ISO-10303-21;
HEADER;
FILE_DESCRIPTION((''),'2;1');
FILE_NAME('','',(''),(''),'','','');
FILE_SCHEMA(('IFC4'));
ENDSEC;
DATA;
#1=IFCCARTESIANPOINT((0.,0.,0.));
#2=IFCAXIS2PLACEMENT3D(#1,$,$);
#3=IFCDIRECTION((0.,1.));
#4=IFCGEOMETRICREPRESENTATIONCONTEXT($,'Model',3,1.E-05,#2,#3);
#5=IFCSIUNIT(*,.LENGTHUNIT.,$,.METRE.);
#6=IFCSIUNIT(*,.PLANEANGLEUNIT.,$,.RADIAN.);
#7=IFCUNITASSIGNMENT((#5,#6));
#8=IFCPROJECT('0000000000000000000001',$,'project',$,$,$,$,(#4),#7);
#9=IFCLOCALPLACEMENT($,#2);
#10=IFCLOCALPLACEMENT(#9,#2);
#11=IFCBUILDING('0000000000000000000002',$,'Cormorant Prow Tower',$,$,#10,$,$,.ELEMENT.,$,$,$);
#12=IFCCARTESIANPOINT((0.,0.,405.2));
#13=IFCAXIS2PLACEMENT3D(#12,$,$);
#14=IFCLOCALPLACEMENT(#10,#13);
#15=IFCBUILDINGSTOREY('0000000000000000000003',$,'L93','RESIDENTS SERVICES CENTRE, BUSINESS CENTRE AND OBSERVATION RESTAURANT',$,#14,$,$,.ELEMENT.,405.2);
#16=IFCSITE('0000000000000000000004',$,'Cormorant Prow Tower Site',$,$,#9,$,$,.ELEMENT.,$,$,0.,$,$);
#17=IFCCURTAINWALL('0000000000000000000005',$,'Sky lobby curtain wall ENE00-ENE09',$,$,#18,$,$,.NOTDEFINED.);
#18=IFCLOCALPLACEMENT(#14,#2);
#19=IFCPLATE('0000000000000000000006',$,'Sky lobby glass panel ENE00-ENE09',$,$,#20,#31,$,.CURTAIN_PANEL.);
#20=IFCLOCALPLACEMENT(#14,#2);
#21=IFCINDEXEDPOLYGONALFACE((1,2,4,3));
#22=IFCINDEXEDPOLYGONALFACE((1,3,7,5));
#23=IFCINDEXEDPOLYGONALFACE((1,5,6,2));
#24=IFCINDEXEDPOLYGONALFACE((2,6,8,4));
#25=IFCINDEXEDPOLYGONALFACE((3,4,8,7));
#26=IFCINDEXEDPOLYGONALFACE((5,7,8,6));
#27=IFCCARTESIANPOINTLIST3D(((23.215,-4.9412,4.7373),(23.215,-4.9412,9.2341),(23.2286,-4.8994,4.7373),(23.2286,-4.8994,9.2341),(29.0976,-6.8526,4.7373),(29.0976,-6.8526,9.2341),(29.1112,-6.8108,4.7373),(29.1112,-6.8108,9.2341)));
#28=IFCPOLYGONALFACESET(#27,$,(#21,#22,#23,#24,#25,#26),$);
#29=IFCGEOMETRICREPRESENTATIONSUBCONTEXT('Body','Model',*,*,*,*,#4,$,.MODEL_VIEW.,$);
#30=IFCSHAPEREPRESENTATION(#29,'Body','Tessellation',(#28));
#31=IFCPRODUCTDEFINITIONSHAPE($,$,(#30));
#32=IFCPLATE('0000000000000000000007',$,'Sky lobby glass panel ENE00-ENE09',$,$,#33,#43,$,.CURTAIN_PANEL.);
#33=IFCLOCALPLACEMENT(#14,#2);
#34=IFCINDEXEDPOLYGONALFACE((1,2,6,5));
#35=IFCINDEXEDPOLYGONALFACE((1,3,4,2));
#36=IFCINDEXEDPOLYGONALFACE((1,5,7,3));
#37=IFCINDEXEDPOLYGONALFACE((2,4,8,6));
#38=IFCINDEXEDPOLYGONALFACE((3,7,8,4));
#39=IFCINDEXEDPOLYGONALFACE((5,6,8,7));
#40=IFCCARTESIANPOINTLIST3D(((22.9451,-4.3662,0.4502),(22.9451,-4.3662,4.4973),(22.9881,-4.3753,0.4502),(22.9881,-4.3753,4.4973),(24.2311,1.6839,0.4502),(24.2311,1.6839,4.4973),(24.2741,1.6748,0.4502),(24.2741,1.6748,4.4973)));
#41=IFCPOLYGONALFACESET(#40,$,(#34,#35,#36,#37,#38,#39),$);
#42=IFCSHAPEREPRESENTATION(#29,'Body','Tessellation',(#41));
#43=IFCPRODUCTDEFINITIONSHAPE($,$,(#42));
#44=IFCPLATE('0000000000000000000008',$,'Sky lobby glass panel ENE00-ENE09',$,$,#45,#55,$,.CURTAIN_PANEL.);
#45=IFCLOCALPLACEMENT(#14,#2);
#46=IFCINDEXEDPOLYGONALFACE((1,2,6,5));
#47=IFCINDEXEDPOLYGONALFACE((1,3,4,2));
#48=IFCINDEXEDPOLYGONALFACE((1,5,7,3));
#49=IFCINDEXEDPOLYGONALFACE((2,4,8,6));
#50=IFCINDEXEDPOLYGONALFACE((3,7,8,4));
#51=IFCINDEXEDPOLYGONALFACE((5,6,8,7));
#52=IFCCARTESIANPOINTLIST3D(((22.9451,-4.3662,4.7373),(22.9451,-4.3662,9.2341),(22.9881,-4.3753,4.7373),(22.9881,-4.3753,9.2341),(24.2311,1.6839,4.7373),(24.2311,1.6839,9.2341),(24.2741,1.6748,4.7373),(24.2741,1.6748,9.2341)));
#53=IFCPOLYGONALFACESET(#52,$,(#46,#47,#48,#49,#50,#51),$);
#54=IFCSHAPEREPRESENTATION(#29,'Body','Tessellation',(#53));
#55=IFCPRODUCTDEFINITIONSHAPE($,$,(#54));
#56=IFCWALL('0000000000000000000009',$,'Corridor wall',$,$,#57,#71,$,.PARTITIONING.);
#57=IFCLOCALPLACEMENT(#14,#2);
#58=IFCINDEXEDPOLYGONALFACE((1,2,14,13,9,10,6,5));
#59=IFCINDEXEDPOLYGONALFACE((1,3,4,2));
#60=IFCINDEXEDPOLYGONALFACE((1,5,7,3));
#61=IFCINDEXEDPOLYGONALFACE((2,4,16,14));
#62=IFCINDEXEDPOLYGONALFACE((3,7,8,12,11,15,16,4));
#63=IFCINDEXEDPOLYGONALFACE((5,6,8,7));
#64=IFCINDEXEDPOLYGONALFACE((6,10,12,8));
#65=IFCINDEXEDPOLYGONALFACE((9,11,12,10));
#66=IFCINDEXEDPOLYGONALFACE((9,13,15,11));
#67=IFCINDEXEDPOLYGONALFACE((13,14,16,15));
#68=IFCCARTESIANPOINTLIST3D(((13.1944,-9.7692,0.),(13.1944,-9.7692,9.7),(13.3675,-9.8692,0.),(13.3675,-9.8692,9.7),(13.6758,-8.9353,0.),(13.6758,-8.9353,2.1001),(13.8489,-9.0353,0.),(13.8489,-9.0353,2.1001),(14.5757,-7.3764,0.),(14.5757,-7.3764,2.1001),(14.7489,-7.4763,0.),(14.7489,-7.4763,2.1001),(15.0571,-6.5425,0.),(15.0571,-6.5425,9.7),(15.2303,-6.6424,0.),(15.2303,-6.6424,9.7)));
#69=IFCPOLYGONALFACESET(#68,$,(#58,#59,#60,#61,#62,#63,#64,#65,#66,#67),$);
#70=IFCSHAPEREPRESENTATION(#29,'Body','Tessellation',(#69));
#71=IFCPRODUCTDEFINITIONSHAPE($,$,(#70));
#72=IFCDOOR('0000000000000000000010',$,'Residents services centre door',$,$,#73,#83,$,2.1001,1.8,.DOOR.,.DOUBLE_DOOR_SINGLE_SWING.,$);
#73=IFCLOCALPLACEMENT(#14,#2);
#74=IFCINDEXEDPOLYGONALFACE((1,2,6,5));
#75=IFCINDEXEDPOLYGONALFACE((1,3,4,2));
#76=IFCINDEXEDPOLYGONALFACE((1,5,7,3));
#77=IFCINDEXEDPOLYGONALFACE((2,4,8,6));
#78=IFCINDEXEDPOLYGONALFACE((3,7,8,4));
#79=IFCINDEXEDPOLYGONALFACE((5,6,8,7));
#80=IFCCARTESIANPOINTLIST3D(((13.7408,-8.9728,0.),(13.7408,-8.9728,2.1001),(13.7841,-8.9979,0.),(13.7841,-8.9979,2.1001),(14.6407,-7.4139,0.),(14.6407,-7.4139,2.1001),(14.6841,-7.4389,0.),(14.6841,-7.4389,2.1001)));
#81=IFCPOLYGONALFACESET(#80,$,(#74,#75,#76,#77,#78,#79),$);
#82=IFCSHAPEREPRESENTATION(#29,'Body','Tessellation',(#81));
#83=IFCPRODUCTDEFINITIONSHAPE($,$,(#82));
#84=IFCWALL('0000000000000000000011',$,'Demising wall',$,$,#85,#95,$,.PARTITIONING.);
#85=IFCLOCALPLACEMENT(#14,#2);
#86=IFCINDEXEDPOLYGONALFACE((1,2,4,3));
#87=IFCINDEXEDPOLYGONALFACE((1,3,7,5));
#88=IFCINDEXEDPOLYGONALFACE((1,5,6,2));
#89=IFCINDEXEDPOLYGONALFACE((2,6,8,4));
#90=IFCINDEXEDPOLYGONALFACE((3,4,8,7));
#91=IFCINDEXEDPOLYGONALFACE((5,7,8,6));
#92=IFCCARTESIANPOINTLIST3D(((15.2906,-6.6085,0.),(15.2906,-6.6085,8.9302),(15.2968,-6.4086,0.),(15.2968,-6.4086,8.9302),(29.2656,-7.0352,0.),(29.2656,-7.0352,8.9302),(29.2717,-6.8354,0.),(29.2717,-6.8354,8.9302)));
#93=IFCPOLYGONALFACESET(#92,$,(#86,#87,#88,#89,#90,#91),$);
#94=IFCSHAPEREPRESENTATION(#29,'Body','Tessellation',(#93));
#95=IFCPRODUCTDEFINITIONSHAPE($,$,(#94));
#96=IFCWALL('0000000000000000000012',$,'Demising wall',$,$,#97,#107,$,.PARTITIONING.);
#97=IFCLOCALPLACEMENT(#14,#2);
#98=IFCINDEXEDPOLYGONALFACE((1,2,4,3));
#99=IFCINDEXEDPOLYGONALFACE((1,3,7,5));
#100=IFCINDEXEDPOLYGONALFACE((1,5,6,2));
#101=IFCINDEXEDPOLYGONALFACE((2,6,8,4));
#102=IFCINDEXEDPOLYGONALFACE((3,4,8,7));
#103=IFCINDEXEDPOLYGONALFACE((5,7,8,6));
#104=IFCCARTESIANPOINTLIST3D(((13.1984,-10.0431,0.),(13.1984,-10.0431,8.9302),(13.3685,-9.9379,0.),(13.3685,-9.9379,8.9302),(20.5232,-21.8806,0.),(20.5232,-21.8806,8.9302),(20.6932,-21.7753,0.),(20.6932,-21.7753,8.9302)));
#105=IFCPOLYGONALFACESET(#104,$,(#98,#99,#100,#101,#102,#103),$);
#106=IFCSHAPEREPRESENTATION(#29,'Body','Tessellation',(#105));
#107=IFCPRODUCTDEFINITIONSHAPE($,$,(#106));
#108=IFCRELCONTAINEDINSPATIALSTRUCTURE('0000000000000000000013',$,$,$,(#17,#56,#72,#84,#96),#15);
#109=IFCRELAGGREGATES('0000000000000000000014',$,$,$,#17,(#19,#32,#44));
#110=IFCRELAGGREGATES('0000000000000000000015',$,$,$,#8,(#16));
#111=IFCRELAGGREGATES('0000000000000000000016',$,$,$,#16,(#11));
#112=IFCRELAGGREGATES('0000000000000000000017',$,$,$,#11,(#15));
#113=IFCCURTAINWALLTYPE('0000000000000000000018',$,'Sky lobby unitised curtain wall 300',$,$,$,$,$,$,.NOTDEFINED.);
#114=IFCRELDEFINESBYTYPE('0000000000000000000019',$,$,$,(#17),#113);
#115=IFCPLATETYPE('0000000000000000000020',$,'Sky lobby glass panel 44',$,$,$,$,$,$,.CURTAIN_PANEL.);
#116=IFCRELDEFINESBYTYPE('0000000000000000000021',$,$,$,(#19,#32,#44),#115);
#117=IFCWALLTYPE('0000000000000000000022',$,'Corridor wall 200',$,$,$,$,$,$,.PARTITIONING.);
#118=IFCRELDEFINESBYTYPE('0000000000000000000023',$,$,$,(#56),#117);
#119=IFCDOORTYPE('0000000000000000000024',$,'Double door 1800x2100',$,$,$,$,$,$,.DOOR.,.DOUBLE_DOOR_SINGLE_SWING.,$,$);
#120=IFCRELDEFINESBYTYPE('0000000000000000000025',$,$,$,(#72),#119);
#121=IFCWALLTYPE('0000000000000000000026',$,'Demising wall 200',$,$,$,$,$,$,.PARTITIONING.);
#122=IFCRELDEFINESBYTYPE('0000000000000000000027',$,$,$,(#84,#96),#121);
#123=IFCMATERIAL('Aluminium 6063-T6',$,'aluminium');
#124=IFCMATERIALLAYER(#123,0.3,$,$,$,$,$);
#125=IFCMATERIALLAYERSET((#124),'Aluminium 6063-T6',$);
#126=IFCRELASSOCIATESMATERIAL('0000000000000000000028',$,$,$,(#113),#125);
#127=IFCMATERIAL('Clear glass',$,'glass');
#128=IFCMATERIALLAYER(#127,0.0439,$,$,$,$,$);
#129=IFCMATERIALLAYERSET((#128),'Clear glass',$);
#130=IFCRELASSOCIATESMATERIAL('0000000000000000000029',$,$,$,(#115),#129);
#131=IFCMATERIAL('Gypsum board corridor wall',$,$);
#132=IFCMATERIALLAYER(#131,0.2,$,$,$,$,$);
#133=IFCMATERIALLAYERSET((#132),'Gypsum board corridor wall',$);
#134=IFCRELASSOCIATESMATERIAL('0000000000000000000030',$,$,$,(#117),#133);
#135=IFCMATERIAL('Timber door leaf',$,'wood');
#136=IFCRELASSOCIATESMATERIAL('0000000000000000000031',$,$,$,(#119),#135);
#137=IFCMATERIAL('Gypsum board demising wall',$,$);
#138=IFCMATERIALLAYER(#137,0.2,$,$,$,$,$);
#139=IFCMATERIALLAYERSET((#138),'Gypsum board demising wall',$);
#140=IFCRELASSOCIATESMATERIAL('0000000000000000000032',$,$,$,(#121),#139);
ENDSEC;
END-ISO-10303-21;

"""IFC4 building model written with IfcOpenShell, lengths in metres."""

from ifc_helpers import new_model, si_unit, direction, frame, frame_2d, origin, origin_2d, place, context, subcontext, project, spatial, rectangle, extrude, material, layer, layer_set, type_object, element, fill, aggregate, save


model = new_model("IFC4")

# Units and contexts
model_context = context("Model", 3, precision=1e-05, world=origin(), true_north=direction((0.0, 1.0)))
body_context = subcontext(model_context, "Body", "Model", "MODEL_VIEW")
ifc_project = project(units=[si_unit("LENGTHUNIT", "METRE"), si_unit("PLANEANGLEUNIT", "RADIAN")], contexts=[model_context])

# Site, building, storey
site_placement = place(None, origin())
site = spatial("IfcSite", under=ifc_project, at=site_placement, Name="Cormorant Prow Tower Site", CompositionType="ELEMENT", RefElevation=0.0)
building_placement = place(site_placement, origin())
building = spatial("IfcBuilding", under=site, at=building_placement, Name="Cormorant Prow Tower", CompositionType="ELEMENT")
storey_placement = place(building_placement, frame((0.0, 0.0, 405.2)))
storey = spatial("IfcBuildingStorey", under=building, at=storey_placement, Name="L93", Description="RESIDENTS SERVICES CENTRE, BUSINESS CENTRE AND OBSERVATION RESTAURANT", CompositionType="ELEMENT", Elevation=405.2)

# Curtain wall
ifc_material_1 = material(Name="Aluminium 6063-T6", Category="aluminium")
ifc_layer_1 = layer(ifc_material_1, 0.3)
ifc_layer_set_1 = layer_set([ifc_layer_1], Name="Aluminium 6063-T6")
curtain_wall_type = type_object("IfcCurtainWallType", Name="Sky lobby unitised curtain wall 300", PredefinedType="NOTDEFINED", material=ifc_layer_set_1)
curtain_wall_placement = place(storey_placement, origin())
curtain_wall = element("IfcCurtainWall", 1, at=curtain_wall_placement, inside=storey, type_object=curtain_wall_type, Name="Sky lobby curtain wall ENE00-ENE09", PredefinedType="NOTDEFINED")

# Plates
ifc_material_2 = material(Name="Clear glass", Category="glass")
ifc_layer_2 = layer(ifc_material_2, 0.0439)
ifc_layer_set_2 = layer_set([ifc_layer_2], Name="Clear glass")
plate_type = type_object("IfcPlateType", Name="Sky lobby glass panel 44", PredefinedType="CURTAIN_PANEL", material=ifc_layer_set_2)
plate_1_placement = place(storey_placement, frame((26.1631, -5.876, 4.7373), z_axis=(0.0, 0.0, 1.0), x_axis=(-0.951057, 0.309017, 0.0)))
plate_1 = element("IfcPlate", 2, at=plate_1_placement, type_object=plate_type, Name="Sky lobby glass panel ENE00-ENE09", PredefinedType="CURTAIN_PANEL", context=body_context, shape_type="SweptSolid", body=[
    extrude(rectangle(XDim=6.1853, YDim=0.0439, at=origin_2d()), origin(), (0.0, 0.0, 1.0), 4.4968),
])
plate_2_placement = place(storey_placement, frame((23.6096, -1.3457, 0.4502), z_axis=(0.0, 0.0, 1.0), x_axis=(0.207912, 0.978148, 0.0)))
plate_2 = element("IfcPlate", 3, at=plate_2_placement, type_object=plate_type, Name="Sky lobby glass panel ENE00-ENE09", PredefinedType="CURTAIN_PANEL", context=body_context, shape_type="SweptSolid", body=[
    extrude(rectangle(XDim=6.1853, YDim=0.0439, at=origin_2d()), origin(), (0.0, 0.0, 1.0), 4.0471),
])
plate_3_placement = place(storey_placement, frame((23.6096, -1.3457, 4.7373), z_axis=(0.0, 0.0, 1.0), x_axis=(0.207912, 0.978148, 0.0)))
plate_3 = element("IfcPlate", 4, at=plate_3_placement, type_object=plate_type, Name="Sky lobby glass panel ENE00-ENE09", PredefinedType="CURTAIN_PANEL", context=body_context, shape_type="SweptSolid", body=[
    extrude(rectangle(XDim=6.1853, YDim=0.0439, at=origin_2d()), origin(), (0.0, 0.0, 1.0), 4.4968),
])
aggregate(curtain_wall, [plate_1, plate_2, plate_3])

# Wall, opening, door
ifc_material_3 = material(Name="Gypsum board corridor wall")
ifc_layer_3 = layer(ifc_material_3, 0.2)
ifc_layer_set_3 = layer_set([ifc_layer_3], Name="Gypsum board corridor wall")
wall_type_1 = type_object("IfcWallType", Name="Corridor wall 200", PredefinedType="PARTITIONING", material=ifc_layer_set_3)
wall_1_placement = place(storey_placement, frame((13.281, -9.8191, 0.0), z_axis=(0.0, 0.0, 1.0), x_axis=(0.499959, 0.866049, 0.0)))
wall_1 = element("IfcWall", 5, at=wall_1_placement, inside=storey, type_object=wall_type_1, Name="Corridor wall", PredefinedType="PARTITIONING", context=body_context, shape_type="SweptSolid", body=[
    extrude(rectangle(XDim=3.7258, YDim=0.2, at=frame_2d((1.8628, 0.0))), origin(), (0.0, 0.0, 1.0), 9.7),
])
opening_placement = place(wall_1_placement, frame((0.9629, 0.0, 0.0)))
opening = element("IfcOpeningElement", 6, at=opening_placement, cuts=wall_1, PredefinedType="OPENING", context=body_context, shape_type="SweptSolid", body=[
    extrude(rectangle(XDim=1.8, YDim=2.1001, at=frame_2d((0.8999, 1.05))), frame((0.0, 0.1099, 0.0), z_axis=(0.0, -1.0, 0.0), x_axis=(1.0, 0.0, 0.0)), (0.0, 0.0, 1.0), 0.22),
])
ifc_material_4 = material(Name="Timber door leaf", Category="wood")
door_type = type_object("IfcDoorType", Name="Double door 1800x2100", OperationType="DOUBLE_DOOR_SINGLE_SWING", PredefinedType="DOOR", material=ifc_material_4)
door_placement = place(opening_placement, origin())
door = element("IfcDoor", 7, at=door_placement, inside=storey, type_object=door_type, Name="Residents services centre door", OperationType="DOUBLE_DOOR_SINGLE_SWING", OverallHeight=2.1001, OverallWidth=1.8, PredefinedType="DOOR", context=body_context, shape_type="SweptSolid", body=[
    extrude(rectangle(XDim=1.8, YDim=2.1001, at=frame_2d((0.8999, 1.05))), frame((0.0, 0.0249, 0.0), z_axis=(0.0, -1.0, 0.0), x_axis=(1.0, 0.0, 0.0)), (0.0, 0.0, 1.0), 0.05),
])
fill(opening, door)

# Walls
ifc_material_5 = material(Name="Gypsum board demising wall")
ifc_layer_4 = layer(ifc_material_5, 0.2)
ifc_layer_set_4 = layer_set([ifc_layer_4], Name="Gypsum board demising wall")
wall_type_2 = type_object("IfcWallType", Name="Demising wall 200", PredefinedType="PARTITIONING", material=ifc_layer_set_4)
wall_2_placement = place(storey_placement, frame((15.2937, -6.5085, 0.0), z_axis=(0.0, 0.0, 1.0), x_axis=(0.999534, -0.030523, 0.0)))
element("IfcWall", 8, at=wall_2_placement, inside=storey, type_object=wall_type_2, Name="Demising wall", PredefinedType="PARTITIONING", context=body_context, shape_type="SweptSolid", body=[
    extrude(rectangle(XDim=13.9814, YDim=0.2, at=frame_2d((6.9907, 0.0))), origin(), (0.0, 0.0, 1.0), 8.9302),
])
wall_3_placement = place(storey_placement, frame((13.2834, -9.9905, 0.0), z_axis=(0.0, 0.0, 1.0), x_axis=(0.526188, -0.850368, 0.0)))
element("IfcWall", 9, at=wall_3_placement, inside=storey, type_object=wall_type_2, Name="Demising wall", PredefinedType="PARTITIONING", context=body_context, shape_type="SweptSolid", body=[
    extrude(rectangle(XDim=13.9204, YDim=0.2, at=frame_2d((6.9602, 0.0))), origin(), (0.0, 0.0, 1.0), 8.9302),
])

save(model, "model.ifc")
